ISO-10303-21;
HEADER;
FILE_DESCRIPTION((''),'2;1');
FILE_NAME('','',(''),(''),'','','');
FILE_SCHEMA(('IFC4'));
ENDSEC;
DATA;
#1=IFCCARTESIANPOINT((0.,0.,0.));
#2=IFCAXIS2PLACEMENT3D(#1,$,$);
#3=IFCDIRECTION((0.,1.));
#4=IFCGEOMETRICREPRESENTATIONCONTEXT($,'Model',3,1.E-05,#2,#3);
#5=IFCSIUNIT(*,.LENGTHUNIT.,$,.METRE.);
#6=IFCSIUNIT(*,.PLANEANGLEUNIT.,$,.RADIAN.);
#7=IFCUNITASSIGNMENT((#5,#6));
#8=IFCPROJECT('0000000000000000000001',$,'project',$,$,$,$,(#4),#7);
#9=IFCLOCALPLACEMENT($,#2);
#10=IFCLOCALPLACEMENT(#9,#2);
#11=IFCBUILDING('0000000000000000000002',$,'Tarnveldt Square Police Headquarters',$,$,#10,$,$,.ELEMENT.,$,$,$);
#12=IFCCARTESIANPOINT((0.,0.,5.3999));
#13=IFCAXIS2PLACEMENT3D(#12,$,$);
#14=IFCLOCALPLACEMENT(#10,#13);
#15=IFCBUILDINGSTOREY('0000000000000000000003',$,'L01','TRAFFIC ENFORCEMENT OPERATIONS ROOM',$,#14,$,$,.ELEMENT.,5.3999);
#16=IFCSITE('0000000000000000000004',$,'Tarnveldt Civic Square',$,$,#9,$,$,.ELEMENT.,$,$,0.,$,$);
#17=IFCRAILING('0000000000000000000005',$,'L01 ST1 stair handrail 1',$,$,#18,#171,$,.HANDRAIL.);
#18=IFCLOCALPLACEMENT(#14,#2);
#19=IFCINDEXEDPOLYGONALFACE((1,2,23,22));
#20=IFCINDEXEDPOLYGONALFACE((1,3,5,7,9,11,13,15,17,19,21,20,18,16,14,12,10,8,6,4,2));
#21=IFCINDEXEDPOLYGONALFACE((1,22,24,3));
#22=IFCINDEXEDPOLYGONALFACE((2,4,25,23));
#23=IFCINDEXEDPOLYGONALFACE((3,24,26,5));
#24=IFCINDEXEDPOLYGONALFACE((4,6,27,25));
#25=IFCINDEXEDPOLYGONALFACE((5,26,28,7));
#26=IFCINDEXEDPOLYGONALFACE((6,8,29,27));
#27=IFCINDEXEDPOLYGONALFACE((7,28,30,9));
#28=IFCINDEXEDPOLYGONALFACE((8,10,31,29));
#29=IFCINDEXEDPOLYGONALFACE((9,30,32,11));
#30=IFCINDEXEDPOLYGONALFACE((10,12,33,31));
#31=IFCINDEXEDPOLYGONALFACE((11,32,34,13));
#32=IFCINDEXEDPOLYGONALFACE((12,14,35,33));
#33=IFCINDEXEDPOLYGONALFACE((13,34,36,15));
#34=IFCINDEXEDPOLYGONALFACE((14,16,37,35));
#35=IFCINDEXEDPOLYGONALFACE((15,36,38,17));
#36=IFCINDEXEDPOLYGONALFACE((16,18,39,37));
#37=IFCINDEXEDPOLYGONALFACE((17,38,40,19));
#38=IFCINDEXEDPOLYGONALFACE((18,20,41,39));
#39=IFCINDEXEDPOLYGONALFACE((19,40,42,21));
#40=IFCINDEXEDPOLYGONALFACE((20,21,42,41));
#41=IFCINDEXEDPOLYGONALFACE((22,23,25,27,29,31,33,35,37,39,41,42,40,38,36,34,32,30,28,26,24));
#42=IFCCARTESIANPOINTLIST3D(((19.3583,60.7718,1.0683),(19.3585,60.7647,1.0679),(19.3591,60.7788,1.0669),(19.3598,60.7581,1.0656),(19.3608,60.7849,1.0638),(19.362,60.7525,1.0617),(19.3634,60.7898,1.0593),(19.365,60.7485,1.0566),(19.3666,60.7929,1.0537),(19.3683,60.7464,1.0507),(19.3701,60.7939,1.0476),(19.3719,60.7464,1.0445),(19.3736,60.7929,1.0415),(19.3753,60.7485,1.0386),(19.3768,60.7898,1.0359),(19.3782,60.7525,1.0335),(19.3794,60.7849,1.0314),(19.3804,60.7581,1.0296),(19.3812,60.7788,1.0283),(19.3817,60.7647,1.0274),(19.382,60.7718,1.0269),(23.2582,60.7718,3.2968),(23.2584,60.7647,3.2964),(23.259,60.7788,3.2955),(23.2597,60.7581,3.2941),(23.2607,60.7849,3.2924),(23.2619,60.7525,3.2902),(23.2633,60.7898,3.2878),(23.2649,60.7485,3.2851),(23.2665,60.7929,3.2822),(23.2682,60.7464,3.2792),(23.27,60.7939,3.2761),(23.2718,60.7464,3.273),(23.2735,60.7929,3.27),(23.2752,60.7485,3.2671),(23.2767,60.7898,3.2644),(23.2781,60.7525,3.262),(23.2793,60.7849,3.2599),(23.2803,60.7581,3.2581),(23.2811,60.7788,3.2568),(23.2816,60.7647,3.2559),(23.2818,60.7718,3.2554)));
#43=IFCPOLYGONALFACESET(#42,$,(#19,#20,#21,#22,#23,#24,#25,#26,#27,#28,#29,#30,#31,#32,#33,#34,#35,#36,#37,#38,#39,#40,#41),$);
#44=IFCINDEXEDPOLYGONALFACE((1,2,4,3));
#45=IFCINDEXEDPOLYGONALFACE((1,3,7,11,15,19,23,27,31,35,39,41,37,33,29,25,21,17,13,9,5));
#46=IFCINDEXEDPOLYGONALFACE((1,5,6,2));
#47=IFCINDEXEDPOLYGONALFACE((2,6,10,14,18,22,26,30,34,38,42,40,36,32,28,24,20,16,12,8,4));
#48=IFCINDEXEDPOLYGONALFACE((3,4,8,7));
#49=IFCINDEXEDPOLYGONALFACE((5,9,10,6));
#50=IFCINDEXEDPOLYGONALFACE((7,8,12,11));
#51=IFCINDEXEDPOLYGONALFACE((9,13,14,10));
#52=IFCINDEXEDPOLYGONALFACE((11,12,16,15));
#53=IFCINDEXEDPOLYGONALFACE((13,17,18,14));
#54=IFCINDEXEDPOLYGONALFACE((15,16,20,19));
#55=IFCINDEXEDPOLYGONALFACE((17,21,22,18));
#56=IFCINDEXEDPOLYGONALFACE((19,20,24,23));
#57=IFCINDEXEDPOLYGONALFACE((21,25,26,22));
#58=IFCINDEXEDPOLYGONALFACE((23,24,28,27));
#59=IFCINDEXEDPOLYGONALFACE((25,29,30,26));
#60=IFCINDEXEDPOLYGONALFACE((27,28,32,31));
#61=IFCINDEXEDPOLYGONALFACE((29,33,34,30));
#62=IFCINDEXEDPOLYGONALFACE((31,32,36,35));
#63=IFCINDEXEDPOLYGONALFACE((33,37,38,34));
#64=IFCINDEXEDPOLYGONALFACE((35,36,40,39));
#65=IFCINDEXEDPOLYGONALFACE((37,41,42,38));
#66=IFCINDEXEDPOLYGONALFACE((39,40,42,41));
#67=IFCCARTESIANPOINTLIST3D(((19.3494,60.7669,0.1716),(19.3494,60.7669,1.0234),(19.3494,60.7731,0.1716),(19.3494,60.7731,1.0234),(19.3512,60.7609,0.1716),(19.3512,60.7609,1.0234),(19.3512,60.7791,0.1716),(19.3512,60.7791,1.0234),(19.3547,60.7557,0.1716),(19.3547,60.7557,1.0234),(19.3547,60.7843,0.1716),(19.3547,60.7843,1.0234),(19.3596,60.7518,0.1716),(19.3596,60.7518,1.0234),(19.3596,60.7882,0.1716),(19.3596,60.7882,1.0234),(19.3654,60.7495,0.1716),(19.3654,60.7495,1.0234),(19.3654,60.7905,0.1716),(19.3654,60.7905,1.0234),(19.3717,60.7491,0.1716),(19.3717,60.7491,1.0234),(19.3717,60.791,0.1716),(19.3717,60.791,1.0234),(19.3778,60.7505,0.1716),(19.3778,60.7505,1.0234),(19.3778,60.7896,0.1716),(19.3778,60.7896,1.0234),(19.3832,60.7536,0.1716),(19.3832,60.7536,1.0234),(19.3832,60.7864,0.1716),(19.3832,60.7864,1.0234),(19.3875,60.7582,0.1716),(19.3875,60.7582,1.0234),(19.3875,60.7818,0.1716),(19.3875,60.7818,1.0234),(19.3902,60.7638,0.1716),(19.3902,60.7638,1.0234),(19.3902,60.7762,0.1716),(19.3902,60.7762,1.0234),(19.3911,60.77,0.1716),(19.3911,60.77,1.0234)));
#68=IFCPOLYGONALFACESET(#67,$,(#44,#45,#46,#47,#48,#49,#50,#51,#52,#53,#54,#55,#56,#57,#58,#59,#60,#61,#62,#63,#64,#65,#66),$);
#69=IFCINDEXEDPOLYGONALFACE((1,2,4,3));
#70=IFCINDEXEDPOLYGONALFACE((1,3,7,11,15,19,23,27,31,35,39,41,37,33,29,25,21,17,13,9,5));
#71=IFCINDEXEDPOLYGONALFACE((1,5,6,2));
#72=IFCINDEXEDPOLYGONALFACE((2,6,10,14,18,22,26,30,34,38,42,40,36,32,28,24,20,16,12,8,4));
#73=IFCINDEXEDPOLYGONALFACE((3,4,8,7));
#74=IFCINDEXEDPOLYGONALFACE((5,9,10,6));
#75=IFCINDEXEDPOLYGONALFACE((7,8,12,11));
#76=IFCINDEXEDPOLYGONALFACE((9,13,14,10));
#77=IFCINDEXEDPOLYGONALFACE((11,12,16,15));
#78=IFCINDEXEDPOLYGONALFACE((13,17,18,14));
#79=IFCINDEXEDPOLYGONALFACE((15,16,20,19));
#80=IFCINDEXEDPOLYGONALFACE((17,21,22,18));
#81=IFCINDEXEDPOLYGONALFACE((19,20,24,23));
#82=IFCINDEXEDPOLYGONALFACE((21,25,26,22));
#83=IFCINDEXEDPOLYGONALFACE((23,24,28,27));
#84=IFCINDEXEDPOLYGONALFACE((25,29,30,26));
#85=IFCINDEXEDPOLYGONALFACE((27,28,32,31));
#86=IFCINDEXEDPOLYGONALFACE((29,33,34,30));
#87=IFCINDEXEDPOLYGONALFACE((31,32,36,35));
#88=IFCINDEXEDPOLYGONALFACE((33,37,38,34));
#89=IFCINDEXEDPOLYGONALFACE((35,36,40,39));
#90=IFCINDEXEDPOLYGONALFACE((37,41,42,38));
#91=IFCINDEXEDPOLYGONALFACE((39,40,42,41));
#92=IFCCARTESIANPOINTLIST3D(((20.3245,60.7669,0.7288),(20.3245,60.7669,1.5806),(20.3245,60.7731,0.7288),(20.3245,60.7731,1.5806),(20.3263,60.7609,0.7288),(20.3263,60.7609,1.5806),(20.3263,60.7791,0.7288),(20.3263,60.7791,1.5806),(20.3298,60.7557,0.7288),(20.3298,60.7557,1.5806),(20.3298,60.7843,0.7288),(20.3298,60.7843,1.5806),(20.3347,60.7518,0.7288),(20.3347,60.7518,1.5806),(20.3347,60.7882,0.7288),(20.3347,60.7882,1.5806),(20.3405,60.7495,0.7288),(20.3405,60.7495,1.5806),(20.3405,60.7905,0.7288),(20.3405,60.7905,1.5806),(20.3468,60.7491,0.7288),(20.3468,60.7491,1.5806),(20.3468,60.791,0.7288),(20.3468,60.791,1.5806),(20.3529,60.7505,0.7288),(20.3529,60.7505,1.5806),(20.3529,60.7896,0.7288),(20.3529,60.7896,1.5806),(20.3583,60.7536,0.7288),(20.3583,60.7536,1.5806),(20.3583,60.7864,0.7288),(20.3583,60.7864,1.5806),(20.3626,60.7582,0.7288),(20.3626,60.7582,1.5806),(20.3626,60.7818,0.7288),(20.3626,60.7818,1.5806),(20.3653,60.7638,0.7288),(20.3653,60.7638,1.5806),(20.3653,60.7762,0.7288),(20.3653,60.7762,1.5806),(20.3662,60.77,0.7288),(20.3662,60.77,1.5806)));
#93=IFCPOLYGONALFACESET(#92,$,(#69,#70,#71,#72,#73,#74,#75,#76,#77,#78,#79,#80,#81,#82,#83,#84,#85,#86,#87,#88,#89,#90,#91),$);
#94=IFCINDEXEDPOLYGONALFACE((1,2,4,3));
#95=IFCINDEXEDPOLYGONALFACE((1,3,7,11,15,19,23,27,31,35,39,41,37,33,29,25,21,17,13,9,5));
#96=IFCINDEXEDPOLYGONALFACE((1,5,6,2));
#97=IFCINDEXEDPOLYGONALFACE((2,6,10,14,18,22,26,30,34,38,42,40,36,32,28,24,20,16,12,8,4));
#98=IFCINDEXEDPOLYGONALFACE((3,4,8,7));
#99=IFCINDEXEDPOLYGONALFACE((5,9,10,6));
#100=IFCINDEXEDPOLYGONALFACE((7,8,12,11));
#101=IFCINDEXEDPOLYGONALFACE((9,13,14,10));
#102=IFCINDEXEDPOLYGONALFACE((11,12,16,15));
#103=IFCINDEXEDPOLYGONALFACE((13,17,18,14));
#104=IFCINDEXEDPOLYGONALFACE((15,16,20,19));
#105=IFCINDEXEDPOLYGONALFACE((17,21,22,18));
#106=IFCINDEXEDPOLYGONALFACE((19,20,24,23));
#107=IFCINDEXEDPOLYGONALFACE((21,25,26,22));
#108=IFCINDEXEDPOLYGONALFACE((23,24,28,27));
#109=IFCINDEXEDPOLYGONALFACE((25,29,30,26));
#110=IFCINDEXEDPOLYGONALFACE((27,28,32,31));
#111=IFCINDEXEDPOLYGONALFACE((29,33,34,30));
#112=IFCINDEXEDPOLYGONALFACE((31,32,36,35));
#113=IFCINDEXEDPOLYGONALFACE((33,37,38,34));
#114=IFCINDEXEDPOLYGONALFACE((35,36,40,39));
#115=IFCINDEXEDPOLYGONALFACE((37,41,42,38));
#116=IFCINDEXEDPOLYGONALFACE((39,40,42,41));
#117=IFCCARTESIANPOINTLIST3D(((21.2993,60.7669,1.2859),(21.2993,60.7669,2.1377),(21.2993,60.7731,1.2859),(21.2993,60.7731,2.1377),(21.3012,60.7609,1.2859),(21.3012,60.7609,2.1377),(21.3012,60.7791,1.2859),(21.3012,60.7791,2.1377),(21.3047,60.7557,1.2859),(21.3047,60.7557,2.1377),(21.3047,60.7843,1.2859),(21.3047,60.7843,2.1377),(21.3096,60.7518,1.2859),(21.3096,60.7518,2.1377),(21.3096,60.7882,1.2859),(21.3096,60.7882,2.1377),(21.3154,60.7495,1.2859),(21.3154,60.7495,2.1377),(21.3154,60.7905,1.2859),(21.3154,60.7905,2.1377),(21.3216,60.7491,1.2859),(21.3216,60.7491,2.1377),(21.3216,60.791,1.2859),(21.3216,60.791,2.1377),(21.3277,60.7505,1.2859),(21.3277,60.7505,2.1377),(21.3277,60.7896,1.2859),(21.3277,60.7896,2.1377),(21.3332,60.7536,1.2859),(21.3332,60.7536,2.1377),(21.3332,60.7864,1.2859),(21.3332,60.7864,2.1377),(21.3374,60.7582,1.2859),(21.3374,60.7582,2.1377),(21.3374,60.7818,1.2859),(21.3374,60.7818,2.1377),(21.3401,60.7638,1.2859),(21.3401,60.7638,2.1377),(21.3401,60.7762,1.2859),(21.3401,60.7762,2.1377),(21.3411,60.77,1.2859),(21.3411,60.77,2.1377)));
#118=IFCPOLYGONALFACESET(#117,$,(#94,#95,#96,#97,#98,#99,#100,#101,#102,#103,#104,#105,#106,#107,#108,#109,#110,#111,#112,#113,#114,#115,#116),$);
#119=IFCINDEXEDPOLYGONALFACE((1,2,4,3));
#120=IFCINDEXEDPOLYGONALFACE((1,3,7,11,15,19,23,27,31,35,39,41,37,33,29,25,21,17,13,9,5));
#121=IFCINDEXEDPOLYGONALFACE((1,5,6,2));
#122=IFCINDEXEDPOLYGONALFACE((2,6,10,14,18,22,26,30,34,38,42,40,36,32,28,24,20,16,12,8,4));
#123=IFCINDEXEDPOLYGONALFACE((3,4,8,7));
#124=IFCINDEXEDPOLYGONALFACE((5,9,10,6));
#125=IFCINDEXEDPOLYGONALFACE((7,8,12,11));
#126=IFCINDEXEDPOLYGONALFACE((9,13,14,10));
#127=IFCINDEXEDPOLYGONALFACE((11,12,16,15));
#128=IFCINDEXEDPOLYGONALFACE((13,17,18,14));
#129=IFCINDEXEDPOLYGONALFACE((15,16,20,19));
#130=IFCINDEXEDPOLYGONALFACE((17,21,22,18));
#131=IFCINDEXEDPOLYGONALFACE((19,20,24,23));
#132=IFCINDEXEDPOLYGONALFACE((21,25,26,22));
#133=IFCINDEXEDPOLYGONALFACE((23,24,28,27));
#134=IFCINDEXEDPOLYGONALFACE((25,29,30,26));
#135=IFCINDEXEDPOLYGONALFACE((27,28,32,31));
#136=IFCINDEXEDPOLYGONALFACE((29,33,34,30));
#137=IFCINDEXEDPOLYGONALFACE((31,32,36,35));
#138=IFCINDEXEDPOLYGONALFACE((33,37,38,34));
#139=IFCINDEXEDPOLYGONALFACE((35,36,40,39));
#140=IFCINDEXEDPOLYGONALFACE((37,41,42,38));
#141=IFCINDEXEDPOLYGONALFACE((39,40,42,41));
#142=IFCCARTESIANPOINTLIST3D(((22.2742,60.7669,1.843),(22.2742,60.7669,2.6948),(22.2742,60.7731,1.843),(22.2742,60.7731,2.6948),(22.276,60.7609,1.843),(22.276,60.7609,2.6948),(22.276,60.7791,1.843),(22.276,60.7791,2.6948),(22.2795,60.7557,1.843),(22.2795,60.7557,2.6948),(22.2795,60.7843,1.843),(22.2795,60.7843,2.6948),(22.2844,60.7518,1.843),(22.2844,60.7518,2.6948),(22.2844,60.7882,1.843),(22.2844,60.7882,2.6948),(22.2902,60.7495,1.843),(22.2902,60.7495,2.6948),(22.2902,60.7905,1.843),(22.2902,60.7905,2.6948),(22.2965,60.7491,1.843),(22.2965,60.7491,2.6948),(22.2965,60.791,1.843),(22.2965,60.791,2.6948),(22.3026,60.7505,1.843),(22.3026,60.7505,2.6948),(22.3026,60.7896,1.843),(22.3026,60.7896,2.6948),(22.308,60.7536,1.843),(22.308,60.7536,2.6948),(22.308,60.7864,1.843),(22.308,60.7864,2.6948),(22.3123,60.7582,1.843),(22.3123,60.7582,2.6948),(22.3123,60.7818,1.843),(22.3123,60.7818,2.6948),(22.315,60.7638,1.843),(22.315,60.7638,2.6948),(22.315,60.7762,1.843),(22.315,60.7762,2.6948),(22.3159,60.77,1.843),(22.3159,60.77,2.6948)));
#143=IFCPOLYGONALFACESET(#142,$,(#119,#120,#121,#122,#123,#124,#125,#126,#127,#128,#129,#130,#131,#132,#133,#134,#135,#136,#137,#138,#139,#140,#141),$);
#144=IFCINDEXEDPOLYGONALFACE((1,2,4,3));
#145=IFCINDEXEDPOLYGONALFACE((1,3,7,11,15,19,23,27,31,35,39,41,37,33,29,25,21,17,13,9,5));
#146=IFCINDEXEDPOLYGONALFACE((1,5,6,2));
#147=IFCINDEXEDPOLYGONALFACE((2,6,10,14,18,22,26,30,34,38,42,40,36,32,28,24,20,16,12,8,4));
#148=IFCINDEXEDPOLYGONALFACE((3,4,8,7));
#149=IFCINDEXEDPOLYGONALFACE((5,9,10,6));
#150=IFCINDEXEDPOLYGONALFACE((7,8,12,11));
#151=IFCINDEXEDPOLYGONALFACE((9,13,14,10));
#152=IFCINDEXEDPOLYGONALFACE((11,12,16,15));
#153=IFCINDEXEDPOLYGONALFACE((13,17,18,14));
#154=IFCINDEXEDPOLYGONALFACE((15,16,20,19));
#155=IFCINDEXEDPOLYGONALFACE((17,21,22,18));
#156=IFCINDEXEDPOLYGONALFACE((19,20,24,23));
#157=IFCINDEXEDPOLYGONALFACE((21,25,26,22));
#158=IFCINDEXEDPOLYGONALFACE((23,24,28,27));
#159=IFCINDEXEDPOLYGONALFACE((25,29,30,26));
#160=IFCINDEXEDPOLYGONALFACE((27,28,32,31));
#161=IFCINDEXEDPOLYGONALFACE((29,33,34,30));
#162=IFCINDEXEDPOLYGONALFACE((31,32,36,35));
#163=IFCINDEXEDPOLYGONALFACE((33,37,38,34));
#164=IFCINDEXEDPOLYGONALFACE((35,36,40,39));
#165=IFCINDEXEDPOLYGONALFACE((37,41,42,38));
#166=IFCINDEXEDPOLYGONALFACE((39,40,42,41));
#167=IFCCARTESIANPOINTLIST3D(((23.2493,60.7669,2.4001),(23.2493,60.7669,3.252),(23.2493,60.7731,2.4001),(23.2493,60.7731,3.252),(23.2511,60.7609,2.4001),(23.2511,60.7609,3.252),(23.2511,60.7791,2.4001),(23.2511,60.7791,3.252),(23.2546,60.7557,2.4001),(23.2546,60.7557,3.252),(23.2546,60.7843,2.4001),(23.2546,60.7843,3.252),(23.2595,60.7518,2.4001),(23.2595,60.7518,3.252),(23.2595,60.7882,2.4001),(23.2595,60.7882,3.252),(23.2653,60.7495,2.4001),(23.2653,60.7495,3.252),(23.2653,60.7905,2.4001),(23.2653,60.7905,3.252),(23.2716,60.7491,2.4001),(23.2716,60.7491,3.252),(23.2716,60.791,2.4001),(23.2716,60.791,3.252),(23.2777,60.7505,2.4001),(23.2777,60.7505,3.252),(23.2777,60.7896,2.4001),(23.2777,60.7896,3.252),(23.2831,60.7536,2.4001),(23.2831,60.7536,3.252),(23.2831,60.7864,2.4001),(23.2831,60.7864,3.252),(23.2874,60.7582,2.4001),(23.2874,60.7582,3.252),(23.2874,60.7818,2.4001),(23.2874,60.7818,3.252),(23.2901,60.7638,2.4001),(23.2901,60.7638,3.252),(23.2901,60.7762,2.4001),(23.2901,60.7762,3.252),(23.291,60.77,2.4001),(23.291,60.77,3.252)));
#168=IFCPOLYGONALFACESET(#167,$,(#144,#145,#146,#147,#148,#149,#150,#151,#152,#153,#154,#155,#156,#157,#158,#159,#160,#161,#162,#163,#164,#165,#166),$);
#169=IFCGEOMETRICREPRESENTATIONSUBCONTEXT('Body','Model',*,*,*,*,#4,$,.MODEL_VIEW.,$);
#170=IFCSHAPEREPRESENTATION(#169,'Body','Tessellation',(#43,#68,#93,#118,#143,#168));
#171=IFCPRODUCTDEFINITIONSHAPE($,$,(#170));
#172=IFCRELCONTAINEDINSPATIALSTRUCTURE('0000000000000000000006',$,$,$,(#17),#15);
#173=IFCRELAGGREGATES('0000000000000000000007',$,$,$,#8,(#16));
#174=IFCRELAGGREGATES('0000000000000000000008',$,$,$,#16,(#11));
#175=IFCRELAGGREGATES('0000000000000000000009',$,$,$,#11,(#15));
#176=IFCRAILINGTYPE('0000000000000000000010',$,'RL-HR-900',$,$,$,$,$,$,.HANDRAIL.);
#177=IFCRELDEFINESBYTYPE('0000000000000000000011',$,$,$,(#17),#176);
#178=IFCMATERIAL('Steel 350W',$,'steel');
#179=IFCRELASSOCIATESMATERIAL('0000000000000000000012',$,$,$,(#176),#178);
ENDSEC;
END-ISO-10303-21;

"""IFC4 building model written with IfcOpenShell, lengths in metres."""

from ifc_helpers import new_model, si_unit, direction, frame, origin, origin_2d, place, context, subcontext, project, spatial, circle, extrude, material, type_object, element, save


model = new_model("IFC4")

# Units and contexts
model_context = context("Model", 3, precision=1e-05, world=origin(), true_north=direction((0.0, 1.0)))
body_context = subcontext(model_context, "Body", "Model", "MODEL_VIEW")
ifc_project = project(units=[si_unit("LENGTHUNIT", "METRE"), si_unit("PLANEANGLEUNIT", "RADIAN")], contexts=[model_context])

# Site, building, storey
site_placement = place(None, origin())
site = spatial("IfcSite", under=ifc_project, at=site_placement, Name="Tarnveldt Civic Square", CompositionType="ELEMENT", RefElevation=0.0)
building_placement = place(site_placement, origin())
building = spatial("IfcBuilding", under=site, at=building_placement, Name="Tarnveldt Square Police Headquarters", CompositionType="ELEMENT")
storey_placement = place(building_placement, frame((0.0, 0.0, 5.3999)))
storey = spatial("IfcBuildingStorey", under=building, at=storey_placement, Name="L01", Description="TRAFFIC ENFORCEMENT OPERATIONS ROOM", CompositionType="ELEMENT", Elevation=5.3999)

# Shared definitions
ifc_material_1 = material(Name="Steel 350W", Category="steel")

# Railing
railing_type_1 = type_object("IfcRailingType", Name="RL-HR-900", PredefinedType="HANDRAIL", material=ifc_material_1)
railing_1_placement = place(storey_placement, frame((19.3701, 60.77, 0.1716)))
element("IfcRailing", 1, at=railing_1_placement, inside=storey, type_object=railing_type_1, Name="L01 ST1 stair handrail 1", PredefinedType="HANDRAIL", context=body_context, shape_type="SweptSolid", body=[
    extrude(circle(Radius=0.0239, at=origin_2d()), frame((0.0, 0.0, 0.876), z_axis=(0.868243, 0.0, 0.496139), x_axis=(0.0, 1.0, 0.0)), (0.0, 0.0, 1.0), 4.4917),
    extrude(circle(Radius=0.021, at=origin_2d()), origin(), (0.0, 0.0, 1.0), 0.8518),
    extrude(circle(Radius=0.021, at=origin_2d()), frame((0.9751, 0.0, 0.5571)), (0.0, 0.0, 1.0), 0.8518),
    extrude(circle(Radius=0.021, at=origin_2d()), frame((1.95, 0.0, 1.1143)), (0.0, 0.0, 1.0), 0.8518),
    extrude(circle(Radius=0.021, at=origin_2d()), frame((2.9248, 0.0, 1.6714)), (0.0, 0.0, 1.0), 0.8518),
    extrude(circle(Radius=0.021, at=origin_2d()), frame((3.8999, 0.0, 2.2285)), (0.0, 0.0, 1.0), 0.8518),
])

save(model, "model.ifc")
